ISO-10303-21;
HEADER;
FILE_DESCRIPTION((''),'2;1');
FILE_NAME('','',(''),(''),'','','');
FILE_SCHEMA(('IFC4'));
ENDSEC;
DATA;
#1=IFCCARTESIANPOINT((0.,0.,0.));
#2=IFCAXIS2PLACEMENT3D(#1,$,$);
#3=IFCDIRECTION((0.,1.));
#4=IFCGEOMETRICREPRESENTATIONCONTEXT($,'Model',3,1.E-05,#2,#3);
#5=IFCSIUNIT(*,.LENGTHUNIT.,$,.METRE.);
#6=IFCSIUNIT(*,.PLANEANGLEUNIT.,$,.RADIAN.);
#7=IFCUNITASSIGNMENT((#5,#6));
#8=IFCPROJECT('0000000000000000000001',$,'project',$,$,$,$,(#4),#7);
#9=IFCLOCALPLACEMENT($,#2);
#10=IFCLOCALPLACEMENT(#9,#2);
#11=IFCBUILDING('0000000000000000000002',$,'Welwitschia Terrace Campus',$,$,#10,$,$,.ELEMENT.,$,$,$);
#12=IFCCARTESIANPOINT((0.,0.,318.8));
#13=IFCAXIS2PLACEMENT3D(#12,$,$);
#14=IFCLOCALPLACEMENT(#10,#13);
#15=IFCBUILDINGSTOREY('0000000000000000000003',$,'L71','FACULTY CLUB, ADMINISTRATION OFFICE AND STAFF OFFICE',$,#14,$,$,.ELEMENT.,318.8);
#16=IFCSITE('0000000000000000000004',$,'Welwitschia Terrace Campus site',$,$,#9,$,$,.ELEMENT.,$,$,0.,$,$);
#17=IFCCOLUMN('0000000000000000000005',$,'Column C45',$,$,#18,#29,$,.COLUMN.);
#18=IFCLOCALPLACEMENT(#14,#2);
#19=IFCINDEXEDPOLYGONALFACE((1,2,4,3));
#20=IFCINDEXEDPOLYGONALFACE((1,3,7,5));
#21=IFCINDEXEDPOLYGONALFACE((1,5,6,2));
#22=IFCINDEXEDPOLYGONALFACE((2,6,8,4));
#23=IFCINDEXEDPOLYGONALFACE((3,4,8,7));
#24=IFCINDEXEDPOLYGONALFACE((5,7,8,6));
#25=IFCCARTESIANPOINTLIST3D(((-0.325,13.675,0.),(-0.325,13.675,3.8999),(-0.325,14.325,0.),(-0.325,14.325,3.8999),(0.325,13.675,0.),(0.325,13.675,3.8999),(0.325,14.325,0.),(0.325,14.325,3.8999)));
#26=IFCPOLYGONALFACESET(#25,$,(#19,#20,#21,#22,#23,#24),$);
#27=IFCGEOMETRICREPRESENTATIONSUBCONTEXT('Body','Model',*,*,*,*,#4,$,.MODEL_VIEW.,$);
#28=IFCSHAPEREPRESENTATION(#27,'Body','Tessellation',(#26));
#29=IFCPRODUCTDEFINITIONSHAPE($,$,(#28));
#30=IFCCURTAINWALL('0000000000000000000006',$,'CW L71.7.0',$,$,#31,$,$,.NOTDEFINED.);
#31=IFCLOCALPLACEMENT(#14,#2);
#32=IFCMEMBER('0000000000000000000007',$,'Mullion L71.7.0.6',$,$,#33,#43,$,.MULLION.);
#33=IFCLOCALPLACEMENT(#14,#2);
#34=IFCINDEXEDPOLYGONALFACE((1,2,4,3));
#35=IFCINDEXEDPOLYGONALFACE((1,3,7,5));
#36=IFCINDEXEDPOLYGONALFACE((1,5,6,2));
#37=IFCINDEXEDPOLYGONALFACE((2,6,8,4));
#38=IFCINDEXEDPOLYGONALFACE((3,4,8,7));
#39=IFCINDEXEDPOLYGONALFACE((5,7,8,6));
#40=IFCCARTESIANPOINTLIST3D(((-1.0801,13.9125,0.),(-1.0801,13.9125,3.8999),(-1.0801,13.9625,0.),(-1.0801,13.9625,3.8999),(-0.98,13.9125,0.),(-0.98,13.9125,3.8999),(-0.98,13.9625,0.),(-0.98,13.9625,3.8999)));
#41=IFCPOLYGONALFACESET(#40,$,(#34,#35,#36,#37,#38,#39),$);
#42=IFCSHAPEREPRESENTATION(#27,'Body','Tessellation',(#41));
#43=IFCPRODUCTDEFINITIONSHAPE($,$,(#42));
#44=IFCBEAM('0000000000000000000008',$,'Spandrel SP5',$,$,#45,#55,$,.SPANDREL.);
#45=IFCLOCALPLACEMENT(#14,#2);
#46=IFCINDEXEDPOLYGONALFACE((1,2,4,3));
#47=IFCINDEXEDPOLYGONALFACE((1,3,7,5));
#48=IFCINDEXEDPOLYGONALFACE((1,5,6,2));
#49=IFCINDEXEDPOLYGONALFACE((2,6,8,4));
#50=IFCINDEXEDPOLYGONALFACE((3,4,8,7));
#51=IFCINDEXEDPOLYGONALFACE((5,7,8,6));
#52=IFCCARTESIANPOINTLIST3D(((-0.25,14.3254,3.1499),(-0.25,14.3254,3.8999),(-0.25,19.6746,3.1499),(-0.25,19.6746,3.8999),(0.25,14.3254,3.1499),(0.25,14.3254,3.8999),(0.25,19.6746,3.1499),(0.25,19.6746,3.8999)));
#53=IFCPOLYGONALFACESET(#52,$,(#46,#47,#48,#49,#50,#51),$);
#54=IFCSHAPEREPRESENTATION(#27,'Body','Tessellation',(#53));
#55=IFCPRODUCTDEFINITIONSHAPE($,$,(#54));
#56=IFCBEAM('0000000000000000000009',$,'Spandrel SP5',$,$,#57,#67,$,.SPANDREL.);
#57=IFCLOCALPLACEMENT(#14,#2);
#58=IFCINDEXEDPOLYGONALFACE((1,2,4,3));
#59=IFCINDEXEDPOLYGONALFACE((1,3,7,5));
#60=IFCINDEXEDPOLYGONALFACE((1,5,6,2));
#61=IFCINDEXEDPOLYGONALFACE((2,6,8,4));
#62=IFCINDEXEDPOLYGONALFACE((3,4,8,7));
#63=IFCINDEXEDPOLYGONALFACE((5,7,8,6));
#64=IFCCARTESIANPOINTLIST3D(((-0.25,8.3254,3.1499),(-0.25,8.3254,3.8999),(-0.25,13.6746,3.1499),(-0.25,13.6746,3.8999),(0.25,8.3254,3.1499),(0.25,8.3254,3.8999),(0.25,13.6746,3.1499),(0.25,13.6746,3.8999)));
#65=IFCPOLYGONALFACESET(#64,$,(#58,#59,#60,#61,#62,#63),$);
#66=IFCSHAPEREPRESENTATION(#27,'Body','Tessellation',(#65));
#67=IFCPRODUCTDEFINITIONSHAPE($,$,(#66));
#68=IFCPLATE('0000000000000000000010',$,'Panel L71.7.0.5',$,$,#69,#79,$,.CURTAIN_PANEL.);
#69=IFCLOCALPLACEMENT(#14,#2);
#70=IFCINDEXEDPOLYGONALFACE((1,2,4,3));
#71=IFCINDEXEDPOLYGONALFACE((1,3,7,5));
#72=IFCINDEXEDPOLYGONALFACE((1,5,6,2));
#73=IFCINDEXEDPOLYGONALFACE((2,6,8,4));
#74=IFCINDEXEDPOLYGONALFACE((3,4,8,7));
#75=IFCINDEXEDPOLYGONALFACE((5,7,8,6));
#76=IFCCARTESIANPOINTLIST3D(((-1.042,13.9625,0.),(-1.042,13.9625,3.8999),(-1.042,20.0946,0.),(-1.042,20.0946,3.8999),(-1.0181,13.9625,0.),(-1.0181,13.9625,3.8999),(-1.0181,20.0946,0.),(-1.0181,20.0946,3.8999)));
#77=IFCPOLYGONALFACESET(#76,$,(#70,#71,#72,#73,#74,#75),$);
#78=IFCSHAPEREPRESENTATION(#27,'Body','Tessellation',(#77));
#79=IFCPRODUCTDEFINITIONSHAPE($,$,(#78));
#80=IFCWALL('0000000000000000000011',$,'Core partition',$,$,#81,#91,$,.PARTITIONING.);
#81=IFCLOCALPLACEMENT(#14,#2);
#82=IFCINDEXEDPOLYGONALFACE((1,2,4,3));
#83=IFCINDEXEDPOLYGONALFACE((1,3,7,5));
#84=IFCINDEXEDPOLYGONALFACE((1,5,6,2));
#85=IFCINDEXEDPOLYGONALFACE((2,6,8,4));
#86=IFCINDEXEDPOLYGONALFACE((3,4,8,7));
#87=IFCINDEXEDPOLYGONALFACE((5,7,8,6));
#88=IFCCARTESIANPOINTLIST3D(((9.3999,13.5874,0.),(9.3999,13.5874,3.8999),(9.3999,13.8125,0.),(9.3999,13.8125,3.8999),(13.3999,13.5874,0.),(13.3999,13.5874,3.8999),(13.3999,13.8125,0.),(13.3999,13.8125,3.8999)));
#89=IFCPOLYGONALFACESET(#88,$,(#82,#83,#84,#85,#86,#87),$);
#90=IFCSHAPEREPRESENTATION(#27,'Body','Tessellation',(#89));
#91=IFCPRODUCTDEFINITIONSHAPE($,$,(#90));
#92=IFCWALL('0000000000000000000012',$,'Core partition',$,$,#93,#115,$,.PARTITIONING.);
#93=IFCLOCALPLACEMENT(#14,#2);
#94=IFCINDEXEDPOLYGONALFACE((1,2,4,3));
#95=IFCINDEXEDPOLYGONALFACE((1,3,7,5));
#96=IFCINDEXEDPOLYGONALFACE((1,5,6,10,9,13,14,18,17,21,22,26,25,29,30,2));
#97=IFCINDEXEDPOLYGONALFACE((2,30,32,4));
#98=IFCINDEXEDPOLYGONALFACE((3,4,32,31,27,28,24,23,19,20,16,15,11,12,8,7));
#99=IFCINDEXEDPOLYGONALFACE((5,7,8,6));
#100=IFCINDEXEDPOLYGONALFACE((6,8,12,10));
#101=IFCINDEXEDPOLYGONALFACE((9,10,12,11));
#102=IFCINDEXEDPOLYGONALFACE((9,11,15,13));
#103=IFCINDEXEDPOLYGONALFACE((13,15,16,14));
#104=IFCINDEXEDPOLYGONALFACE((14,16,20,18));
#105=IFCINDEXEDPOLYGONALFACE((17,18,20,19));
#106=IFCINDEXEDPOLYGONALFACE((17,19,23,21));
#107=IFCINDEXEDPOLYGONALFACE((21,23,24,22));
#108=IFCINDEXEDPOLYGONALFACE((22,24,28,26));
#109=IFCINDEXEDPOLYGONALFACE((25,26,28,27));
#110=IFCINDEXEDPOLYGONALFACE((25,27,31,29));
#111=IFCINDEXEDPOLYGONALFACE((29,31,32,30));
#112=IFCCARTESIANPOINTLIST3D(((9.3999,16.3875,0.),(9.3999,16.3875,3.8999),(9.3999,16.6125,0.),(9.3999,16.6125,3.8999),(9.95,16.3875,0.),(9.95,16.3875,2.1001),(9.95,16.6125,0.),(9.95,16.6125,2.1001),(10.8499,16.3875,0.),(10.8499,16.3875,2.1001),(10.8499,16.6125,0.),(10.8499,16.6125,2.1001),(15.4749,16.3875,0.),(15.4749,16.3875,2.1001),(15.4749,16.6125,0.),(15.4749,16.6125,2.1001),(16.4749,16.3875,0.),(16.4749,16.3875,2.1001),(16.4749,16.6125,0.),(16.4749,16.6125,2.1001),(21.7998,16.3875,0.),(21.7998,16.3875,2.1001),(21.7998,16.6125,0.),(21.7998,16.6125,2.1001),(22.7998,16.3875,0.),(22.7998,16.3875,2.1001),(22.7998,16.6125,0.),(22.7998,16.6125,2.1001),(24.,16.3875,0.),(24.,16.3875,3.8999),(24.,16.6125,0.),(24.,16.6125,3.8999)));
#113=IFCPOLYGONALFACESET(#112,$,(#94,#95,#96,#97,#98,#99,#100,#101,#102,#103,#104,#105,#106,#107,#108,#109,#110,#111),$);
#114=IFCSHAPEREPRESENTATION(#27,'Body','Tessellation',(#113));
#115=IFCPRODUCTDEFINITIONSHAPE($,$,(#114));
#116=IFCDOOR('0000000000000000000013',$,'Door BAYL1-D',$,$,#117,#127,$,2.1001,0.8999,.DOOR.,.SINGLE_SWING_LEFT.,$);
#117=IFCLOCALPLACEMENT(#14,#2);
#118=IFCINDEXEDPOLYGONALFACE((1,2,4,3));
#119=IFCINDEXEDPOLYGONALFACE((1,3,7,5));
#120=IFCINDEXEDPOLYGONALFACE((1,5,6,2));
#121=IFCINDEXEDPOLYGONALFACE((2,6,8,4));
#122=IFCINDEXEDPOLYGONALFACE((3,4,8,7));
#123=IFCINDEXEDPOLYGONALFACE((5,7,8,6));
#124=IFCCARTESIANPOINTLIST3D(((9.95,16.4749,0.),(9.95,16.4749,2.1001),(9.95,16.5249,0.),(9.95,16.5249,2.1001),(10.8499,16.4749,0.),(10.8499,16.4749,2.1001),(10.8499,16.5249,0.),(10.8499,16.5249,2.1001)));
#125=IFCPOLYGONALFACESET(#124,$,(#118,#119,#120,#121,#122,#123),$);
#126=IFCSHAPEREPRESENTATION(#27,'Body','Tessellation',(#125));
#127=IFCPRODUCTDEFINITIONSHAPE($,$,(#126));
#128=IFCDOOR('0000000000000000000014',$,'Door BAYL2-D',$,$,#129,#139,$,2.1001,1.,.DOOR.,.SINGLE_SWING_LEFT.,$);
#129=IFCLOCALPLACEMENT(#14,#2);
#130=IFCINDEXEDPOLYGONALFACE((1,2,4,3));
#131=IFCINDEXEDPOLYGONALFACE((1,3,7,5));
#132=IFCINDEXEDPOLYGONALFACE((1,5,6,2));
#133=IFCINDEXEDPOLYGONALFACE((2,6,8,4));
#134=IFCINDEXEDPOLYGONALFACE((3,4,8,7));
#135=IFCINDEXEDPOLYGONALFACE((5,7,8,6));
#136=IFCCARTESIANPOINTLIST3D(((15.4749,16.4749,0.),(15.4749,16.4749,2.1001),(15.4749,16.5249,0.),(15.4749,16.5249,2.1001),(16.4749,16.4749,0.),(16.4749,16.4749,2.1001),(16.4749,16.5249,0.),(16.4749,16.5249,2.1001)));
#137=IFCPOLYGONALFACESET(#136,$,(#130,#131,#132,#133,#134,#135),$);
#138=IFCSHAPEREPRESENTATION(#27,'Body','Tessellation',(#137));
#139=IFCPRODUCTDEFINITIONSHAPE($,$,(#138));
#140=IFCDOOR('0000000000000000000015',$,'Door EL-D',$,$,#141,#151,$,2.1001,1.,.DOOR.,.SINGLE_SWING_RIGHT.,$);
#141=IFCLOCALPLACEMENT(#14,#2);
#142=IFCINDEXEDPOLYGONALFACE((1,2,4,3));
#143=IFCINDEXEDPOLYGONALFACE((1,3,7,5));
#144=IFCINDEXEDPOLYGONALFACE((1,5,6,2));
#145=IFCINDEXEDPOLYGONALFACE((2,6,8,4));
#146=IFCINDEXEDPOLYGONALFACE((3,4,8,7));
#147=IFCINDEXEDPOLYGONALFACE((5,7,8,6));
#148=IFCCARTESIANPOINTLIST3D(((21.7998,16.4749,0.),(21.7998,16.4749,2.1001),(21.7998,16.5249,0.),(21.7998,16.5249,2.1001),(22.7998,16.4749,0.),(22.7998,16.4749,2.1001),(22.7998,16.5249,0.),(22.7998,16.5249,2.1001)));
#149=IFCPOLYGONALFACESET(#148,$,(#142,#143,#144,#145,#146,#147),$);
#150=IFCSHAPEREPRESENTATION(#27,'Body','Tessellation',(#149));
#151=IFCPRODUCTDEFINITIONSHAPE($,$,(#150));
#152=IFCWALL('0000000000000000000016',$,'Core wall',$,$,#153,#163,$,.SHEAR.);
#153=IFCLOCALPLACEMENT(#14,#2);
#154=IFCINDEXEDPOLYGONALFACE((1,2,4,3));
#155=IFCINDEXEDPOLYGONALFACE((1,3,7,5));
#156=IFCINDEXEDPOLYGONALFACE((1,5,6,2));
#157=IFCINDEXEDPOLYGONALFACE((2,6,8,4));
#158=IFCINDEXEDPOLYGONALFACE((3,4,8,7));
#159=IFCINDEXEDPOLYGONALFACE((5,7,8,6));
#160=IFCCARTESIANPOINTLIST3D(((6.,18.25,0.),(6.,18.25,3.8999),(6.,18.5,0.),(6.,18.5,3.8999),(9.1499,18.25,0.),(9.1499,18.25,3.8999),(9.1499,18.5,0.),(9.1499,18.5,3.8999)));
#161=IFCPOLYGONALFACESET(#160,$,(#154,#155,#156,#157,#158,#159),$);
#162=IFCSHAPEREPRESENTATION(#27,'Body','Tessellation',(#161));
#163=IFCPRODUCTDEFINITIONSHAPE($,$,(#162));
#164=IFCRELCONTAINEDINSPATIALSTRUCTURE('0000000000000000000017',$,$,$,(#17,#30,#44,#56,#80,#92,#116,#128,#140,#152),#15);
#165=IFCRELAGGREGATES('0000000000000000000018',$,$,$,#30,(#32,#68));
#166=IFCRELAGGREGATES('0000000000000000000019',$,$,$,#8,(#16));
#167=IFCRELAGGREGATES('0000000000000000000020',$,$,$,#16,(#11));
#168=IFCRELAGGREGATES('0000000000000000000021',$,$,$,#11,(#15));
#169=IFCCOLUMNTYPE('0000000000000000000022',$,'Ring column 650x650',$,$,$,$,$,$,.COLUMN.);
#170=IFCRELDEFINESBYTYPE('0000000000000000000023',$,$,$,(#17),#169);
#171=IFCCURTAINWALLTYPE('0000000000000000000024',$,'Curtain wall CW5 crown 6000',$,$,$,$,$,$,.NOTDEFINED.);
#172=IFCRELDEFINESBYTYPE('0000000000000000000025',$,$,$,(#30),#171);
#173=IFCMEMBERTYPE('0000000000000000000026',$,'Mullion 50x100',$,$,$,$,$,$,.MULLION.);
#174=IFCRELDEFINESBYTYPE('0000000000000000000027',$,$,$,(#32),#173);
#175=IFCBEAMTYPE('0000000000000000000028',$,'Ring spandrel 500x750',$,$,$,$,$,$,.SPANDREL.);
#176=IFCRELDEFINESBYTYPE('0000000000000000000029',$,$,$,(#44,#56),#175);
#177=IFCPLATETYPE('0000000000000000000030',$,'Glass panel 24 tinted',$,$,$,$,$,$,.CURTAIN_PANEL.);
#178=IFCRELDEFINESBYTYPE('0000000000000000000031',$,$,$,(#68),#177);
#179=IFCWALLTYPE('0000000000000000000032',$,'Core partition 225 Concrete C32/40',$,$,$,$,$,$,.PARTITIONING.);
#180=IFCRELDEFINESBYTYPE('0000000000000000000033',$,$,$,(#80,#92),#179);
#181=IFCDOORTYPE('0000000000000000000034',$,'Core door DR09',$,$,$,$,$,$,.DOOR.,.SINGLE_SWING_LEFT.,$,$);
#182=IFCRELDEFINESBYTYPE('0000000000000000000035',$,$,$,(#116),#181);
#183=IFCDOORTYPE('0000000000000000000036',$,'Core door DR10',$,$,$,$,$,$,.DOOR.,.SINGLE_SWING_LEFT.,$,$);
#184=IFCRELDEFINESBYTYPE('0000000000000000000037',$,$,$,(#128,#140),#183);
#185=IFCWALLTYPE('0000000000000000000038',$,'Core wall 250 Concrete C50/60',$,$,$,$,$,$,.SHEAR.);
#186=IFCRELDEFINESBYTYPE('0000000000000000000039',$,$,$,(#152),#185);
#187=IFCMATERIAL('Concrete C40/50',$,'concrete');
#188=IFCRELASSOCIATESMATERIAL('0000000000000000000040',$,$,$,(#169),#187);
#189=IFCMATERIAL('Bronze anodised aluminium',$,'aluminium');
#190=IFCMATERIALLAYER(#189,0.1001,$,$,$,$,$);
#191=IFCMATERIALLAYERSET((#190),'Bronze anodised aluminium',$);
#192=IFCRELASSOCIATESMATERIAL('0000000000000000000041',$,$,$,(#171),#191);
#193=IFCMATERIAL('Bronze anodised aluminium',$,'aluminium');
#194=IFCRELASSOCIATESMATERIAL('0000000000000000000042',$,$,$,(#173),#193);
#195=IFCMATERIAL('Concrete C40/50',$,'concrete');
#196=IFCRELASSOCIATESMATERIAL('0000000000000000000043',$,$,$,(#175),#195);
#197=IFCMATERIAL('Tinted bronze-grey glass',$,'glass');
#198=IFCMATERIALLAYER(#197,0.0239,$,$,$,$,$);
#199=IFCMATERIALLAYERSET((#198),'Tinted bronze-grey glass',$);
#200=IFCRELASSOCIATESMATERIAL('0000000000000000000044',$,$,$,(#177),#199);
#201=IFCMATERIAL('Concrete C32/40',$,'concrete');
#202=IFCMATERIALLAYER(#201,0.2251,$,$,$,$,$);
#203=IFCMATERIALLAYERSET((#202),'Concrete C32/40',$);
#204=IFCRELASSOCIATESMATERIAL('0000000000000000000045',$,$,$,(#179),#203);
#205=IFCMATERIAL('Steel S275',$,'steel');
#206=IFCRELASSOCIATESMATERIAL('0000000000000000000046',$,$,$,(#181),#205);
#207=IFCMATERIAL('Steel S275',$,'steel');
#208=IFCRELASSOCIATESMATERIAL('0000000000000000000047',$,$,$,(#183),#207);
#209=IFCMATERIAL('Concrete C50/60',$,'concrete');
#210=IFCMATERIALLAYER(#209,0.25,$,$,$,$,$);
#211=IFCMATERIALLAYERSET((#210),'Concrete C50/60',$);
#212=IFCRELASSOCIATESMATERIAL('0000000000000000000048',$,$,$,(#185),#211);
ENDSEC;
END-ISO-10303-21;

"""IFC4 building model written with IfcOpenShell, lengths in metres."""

from ifc_helpers import new_model, si_unit, direction, frame, frame_2d, origin, origin_2d, place, context, subcontext, project, spatial, rectangle, extrude, material, layer, layer_set, material_profile, profile_set, type_object, element, fill, aggregate, save


model = new_model("IFC4")

# Units and contexts
model_context = context("Model", 3, precision=1e-05, world=origin(), true_north=direction((0.0, 1.0)))
body_context = subcontext(model_context, "Body", "Model", "MODEL_VIEW")
ifc_project = project(units=[si_unit("LENGTHUNIT", "METRE"), si_unit("PLANEANGLEUNIT", "RADIAN")], contexts=[model_context])

# Site, building, storey
site_placement = place(None, origin())
site = spatial("IfcSite", under=ifc_project, at=site_placement, Name="Welwitschia Terrace Campus site", CompositionType="ELEMENT", RefElevation=0.0)
building_placement = place(site_placement, origin())
building = spatial("IfcBuilding", under=site, at=building_placement, Name="Welwitschia Terrace Campus", CompositionType="ELEMENT")
storey_placement = place(building_placement, frame((0.0, 0.0, 318.8)))
storey = spatial("IfcBuildingStorey", under=building, at=storey_placement, Name="L71", Description="FACULTY CLUB, ADMINISTRATION OFFICE AND STAFF OFFICE", CompositionType="ELEMENT", Elevation=318.8)

# Column
ifc_material_1 = material(Name="Concrete C40/50", Category="concrete")
ifc_material_profile_1 = material_profile(ifc_material_1, rectangle(XDim=0.6499, YDim=0.6499, at=origin_2d()))
ifc_profile_set_1 = profile_set([ifc_material_profile_1], Name="Concrete C40/50")
column_type = type_object("IfcColumnType", Name="Ring column 650x650", PredefinedType="COLUMN", material=ifc_profile_set_1)
column_placement = place(storey_placement, frame((0.0, 14.0, 0.0), z_axis=(0.0, 0.0, 1.0), x_axis=(1.0, 0.0, 0.0)))
element("IfcColumn", 1, at=column_placement, inside=storey, type_object=column_type, Name="Column C45", PredefinedType="COLUMN", context=body_context, shape_type="SweptSolid", body=[
    extrude(rectangle(XDim=0.6499, YDim=0.6499, at=origin_2d()), origin(), (0.0, 0.0, 1.0), 3.8999),
])

# Curtain wall, member
ifc_material_2 = material(Name="Bronze anodised aluminium", Category="aluminium")
ifc_layer_1 = layer(ifc_material_2, 0.1001)
ifc_layer_set_1 = layer_set([ifc_layer_1], Name="Bronze anodised aluminium")
curtain_wall_type = type_object("IfcCurtainWallType", Name="Curtain wall CW5 crown 6000", PredefinedType="NOTDEFINED", material=ifc_layer_set_1)
curtain_wall_placement = place(storey_placement, origin())
curtain_wall = element("IfcCurtainWall", 2, at=curtain_wall_placement, inside=storey, type_object=curtain_wall_type, Name="CW L71.7.0", PredefinedType="NOTDEFINED")
ifc_material_3 = material(Name="Bronze anodised aluminium", Category="aluminium")
ifc_material_profile_2 = material_profile(ifc_material_3, rectangle(XDim=0.1001, YDim=0.05, at=origin_2d()))
ifc_profile_set_2 = profile_set([ifc_material_profile_2], Name="Bronze anodised aluminium")
member_type = type_object("IfcMemberType", Name="Mullion 50x100", PredefinedType="MULLION", material=ifc_profile_set_2)
member_placement = place(storey_placement, frame((-1.03, 13.9375, 0.0), z_axis=(0.0, 0.0, 1.0), x_axis=(1.0, 0.0, 0.0)))
member = element("IfcMember", 3, at=member_placement, type_object=member_type, Name="Mullion L71.7.0.6", PredefinedType="MULLION", context=body_context, shape_type="SweptSolid", body=[
    extrude(rectangle(XDim=0.1001, YDim=0.05, at=origin_2d()), origin(), (0.0, 0.0, 1.0), 3.8999),
])

# Beams
ifc_material_4 = material(Name="Concrete C40/50", Category="concrete")
ifc_material_profile_3 = material_profile(ifc_material_4, rectangle(XDim=0.5, YDim=0.75, at=origin_2d()))
ifc_profile_set_3 = profile_set([ifc_material_profile_3], Name="Concrete C40/50")
beam_type = type_object("IfcBeamType", Name="Ring spandrel 500x750", PredefinedType="SPANDREL", material=ifc_profile_set_3)
for number, where, z_axis, x_axis, name in (
    (4, (0.0, 19.6746, 3.5249), (0.0, -1.0, 0.0), (1.0, 0.0, 0.0), "Spandrel SP5"),
    (5, (0.0, 13.6746, 3.5249), (0.0, -1.0, 0.0), (1.0, 0.0, 0.0), "Spandrel SP5"),
):
    element("IfcBeam", number, at=place(storey_placement, frame(where, z_axis=z_axis, x_axis=x_axis)), inside=storey, type_object=beam_type, Name=name, PredefinedType="SPANDREL", context=body_context, shape_type="SweptSolid", body=[
        extrude(rectangle(XDim=0.5, YDim=0.75, at=origin_2d()), origin(), (0.0, 0.0, 1.0), 5.3491),
    ])

# Plate
ifc_material_5 = material(Name="Tinted bronze-grey glass", Category="glass")
ifc_layer_2 = layer(ifc_material_5, 0.0239)
ifc_layer_set_2 = layer_set([ifc_layer_2], Name="Tinted bronze-grey glass")
plate_type = type_object("IfcPlateType", Name="Glass panel 24 tinted", PredefinedType="CURTAIN_PANEL", material=ifc_layer_set_2)
plate_placement = place(storey_placement, frame((-1.03, 17.0286, 0.0), z_axis=(0.0, 0.0, 1.0), x_axis=(0.0, -1.0, 0.0)))
plate = element("IfcPlate", 6, at=plate_placement, type_object=plate_type, Name="Panel L71.7.0.5", PredefinedType="CURTAIN_PANEL", context=body_context, shape_type="SweptSolid", body=[
    extrude(rectangle(XDim=6.1321, YDim=0.0239, at=origin_2d()), origin(), (0.0, 0.0, 1.0), 3.8999),
])
aggregate(curtain_wall, [member, plate])

# Wall
ifc_material_6 = material(Name="Concrete C32/40", Category="concrete")
ifc_layer_3 = layer(ifc_material_6, 0.2251)
ifc_layer_set_3 = layer_set([ifc_layer_3], Name="Concrete C32/40")
wall_type_1 = type_object("IfcWallType", Name="Core partition 225 Concrete C32/40", PredefinedType="PARTITIONING", material=ifc_layer_set_3)
wall_1_placement = place(storey_placement, frame((9.3999, 13.7, 0.0), z_axis=(0.0, 0.0, 1.0), x_axis=(1.0, 0.0, 0.0)))
element("IfcWall", 7, at=wall_1_placement, inside=storey, type_object=wall_type_1, Name="Core partition", PredefinedType="PARTITIONING", context=body_context, shape_type="SweptSolid", body=[
    extrude(rectangle(XDim=4.0, YDim=0.2251, at=frame_2d((2.0, 0.0))), origin(), (0.0, 0.0, 1.0), 3.8999),
])

# Wall, openings, doors
wall_2_placement = place(storey_placement, frame((9.3999, 16.5, 0.0), z_axis=(0.0, 0.0, 1.0), x_axis=(1.0, 0.0, 0.0)))
wall_2 = element("IfcWall", 8, at=wall_2_placement, inside=storey, type_object=wall_type_1, Name="Core partition", PredefinedType="PARTITIONING", context=body_context, shape_type="SweptSolid", body=[
    extrude(rectangle(XDim=14.6001, YDim=0.2251, at=frame_2d((7.3, 0.0))), origin(), (0.0, 0.0, 1.0), 3.8999),
])
opening_1_placement = place(wall_2_placement, frame((0.55, 0.0, 0.0)))
opening_1 = element("IfcOpeningElement", 9, at=opening_1_placement, cuts=wall_2, PredefinedType="OPENING", context=body_context, shape_type="SweptSolid", body=[
    extrude(rectangle(XDim=0.8999, YDim=2.1001, at=frame_2d((0.45, 1.05))), frame((0.0, 0.1226, 0.0), z_axis=(0.0, -1.0, 0.0), x_axis=(1.0, 0.0, 0.0)), (0.0, 0.0, 1.0), 0.2451),
])
opening_2_placement = place(wall_2_placement, frame((6.075, 0.0, 0.0)))
opening_2 = element("IfcOpeningElement", 10, at=opening_2_placement, cuts=wall_2, PredefinedType="OPENING", context=body_context, shape_type="SweptSolid", body=[
    extrude(rectangle(XDim=1.0, YDim=2.1001, at=frame_2d((0.5, 1.05))), frame((0.0, 0.1226, 0.0), z_axis=(0.0, -1.0, 0.0), x_axis=(1.0, 0.0, 0.0)), (0.0, 0.0, 1.0), 0.2451),
])
opening_3_placement = place(wall_2_placement, frame((12.3999, 0.0, 0.0)))
opening_3 = element("IfcOpeningElement", 11, at=opening_3_placement, cuts=wall_2, PredefinedType="OPENING", context=body_context, shape_type="SweptSolid", body=[
    extrude(rectangle(XDim=1.0, YDim=2.1001, at=frame_2d((0.5, 1.05))), frame((0.0, 0.1226, 0.0), z_axis=(0.0, -1.0, 0.0), x_axis=(1.0, 0.0, 0.0)), (0.0, 0.0, 1.0), 0.2451),
])
ifc_material_7 = material(Name="Steel S275", Category="steel")
door_type_1 = type_object("IfcDoorType", Name="Core door DR09", OperationType="SINGLE_SWING_LEFT", PredefinedType="DOOR", material=ifc_material_7)
door_1_placement = place(opening_1_placement, origin())
door_1 = element("IfcDoor", 12, at=door_1_placement, inside=storey, type_object=door_type_1, Name="Door BAYL1-D", OperationType="SINGLE_SWING_LEFT", OverallHeight=2.1001, OverallWidth=0.8999, PredefinedType="DOOR", context=body_context, shape_type="SweptSolid", body=[
    extrude(rectangle(XDim=0.8999, YDim=2.1001, at=frame_2d((0.45, 1.05))), frame((0.0, 0.0249, 0.0), z_axis=(0.0, -1.0, 0.0), x_axis=(1.0, 0.0, 0.0)), (0.0, 0.0, 1.0), 0.05),
])
fill(opening_1, door_1)
ifc_material_8 = material(Name="Steel S275", Category="steel")
door_type_2 = type_object("IfcDoorType", Name="Core door DR10", OperationType="SINGLE_SWING_LEFT", PredefinedType="DOOR", material=ifc_material_8)
door_2_placement = place(opening_2_placement, origin())
door_2 = element("IfcDoor", 13, at=door_2_placement, inside=storey, type_object=door_type_2, Name="Door BAYL2-D", OperationType="SINGLE_SWING_LEFT", OverallHeight=2.1001, OverallWidth=1.0, PredefinedType="DOOR", context=body_context, shape_type="SweptSolid", body=[
    extrude(rectangle(XDim=1.0, YDim=2.1001, at=frame_2d((0.5, 1.05))), frame((0.0, 0.0249, 0.0), z_axis=(0.0, -1.0, 0.0), x_axis=(1.0, 0.0, 0.0)), (0.0, 0.0, 1.0), 0.05),
])
fill(opening_2, door_2)
door_3_placement = place(opening_3_placement, origin())
door_3 = element("IfcDoor", 14, at=door_3_placement, inside=storey, type_object=door_type_2, Name="Door EL-D", OperationType="SINGLE_SWING_RIGHT", OverallHeight=2.1001, OverallWidth=1.0, PredefinedType="DOOR", context=body_context, shape_type="SweptSolid", body=[
    extrude(rectangle(XDim=1.0, YDim=2.1001, at=frame_2d((0.5, 1.05))), frame((0.0, 0.0249, 0.0), z_axis=(0.0, -1.0, 0.0), x_axis=(1.0, 0.0, 0.0)), (0.0, 0.0, 1.0), 0.05),
])
fill(opening_3, door_3)

# Wall
ifc_material_9 = material(Name="Concrete C50/60", Category="concrete")
ifc_layer_4 = layer(ifc_material_9, 0.25)
ifc_layer_set_4 = layer_set([ifc_layer_4], Name="Concrete C50/60")
wall_type_2 = type_object("IfcWallType", Name="Core wall 250 Concrete C50/60", PredefinedType="SHEAR", material=ifc_layer_set_4)
wall_3_placement = place(storey_placement, frame((6.0, 18.375, 0.0), z_axis=(0.0, 0.0, 1.0), x_axis=(1.0, 0.0, 0.0)))
element("IfcWall", 15, at=wall_3_placement, inside=storey, type_object=wall_type_2, Name="Core wall", PredefinedType="SHEAR", context=body_context, shape_type="SweptSolid", body=[
    extrude(rectangle(XDim=3.1499, YDim=0.25, at=frame_2d((1.575, 0.0))), origin(), (0.0, 0.0, 1.0), 3.8999),
])

save(model, "model.ifc")
